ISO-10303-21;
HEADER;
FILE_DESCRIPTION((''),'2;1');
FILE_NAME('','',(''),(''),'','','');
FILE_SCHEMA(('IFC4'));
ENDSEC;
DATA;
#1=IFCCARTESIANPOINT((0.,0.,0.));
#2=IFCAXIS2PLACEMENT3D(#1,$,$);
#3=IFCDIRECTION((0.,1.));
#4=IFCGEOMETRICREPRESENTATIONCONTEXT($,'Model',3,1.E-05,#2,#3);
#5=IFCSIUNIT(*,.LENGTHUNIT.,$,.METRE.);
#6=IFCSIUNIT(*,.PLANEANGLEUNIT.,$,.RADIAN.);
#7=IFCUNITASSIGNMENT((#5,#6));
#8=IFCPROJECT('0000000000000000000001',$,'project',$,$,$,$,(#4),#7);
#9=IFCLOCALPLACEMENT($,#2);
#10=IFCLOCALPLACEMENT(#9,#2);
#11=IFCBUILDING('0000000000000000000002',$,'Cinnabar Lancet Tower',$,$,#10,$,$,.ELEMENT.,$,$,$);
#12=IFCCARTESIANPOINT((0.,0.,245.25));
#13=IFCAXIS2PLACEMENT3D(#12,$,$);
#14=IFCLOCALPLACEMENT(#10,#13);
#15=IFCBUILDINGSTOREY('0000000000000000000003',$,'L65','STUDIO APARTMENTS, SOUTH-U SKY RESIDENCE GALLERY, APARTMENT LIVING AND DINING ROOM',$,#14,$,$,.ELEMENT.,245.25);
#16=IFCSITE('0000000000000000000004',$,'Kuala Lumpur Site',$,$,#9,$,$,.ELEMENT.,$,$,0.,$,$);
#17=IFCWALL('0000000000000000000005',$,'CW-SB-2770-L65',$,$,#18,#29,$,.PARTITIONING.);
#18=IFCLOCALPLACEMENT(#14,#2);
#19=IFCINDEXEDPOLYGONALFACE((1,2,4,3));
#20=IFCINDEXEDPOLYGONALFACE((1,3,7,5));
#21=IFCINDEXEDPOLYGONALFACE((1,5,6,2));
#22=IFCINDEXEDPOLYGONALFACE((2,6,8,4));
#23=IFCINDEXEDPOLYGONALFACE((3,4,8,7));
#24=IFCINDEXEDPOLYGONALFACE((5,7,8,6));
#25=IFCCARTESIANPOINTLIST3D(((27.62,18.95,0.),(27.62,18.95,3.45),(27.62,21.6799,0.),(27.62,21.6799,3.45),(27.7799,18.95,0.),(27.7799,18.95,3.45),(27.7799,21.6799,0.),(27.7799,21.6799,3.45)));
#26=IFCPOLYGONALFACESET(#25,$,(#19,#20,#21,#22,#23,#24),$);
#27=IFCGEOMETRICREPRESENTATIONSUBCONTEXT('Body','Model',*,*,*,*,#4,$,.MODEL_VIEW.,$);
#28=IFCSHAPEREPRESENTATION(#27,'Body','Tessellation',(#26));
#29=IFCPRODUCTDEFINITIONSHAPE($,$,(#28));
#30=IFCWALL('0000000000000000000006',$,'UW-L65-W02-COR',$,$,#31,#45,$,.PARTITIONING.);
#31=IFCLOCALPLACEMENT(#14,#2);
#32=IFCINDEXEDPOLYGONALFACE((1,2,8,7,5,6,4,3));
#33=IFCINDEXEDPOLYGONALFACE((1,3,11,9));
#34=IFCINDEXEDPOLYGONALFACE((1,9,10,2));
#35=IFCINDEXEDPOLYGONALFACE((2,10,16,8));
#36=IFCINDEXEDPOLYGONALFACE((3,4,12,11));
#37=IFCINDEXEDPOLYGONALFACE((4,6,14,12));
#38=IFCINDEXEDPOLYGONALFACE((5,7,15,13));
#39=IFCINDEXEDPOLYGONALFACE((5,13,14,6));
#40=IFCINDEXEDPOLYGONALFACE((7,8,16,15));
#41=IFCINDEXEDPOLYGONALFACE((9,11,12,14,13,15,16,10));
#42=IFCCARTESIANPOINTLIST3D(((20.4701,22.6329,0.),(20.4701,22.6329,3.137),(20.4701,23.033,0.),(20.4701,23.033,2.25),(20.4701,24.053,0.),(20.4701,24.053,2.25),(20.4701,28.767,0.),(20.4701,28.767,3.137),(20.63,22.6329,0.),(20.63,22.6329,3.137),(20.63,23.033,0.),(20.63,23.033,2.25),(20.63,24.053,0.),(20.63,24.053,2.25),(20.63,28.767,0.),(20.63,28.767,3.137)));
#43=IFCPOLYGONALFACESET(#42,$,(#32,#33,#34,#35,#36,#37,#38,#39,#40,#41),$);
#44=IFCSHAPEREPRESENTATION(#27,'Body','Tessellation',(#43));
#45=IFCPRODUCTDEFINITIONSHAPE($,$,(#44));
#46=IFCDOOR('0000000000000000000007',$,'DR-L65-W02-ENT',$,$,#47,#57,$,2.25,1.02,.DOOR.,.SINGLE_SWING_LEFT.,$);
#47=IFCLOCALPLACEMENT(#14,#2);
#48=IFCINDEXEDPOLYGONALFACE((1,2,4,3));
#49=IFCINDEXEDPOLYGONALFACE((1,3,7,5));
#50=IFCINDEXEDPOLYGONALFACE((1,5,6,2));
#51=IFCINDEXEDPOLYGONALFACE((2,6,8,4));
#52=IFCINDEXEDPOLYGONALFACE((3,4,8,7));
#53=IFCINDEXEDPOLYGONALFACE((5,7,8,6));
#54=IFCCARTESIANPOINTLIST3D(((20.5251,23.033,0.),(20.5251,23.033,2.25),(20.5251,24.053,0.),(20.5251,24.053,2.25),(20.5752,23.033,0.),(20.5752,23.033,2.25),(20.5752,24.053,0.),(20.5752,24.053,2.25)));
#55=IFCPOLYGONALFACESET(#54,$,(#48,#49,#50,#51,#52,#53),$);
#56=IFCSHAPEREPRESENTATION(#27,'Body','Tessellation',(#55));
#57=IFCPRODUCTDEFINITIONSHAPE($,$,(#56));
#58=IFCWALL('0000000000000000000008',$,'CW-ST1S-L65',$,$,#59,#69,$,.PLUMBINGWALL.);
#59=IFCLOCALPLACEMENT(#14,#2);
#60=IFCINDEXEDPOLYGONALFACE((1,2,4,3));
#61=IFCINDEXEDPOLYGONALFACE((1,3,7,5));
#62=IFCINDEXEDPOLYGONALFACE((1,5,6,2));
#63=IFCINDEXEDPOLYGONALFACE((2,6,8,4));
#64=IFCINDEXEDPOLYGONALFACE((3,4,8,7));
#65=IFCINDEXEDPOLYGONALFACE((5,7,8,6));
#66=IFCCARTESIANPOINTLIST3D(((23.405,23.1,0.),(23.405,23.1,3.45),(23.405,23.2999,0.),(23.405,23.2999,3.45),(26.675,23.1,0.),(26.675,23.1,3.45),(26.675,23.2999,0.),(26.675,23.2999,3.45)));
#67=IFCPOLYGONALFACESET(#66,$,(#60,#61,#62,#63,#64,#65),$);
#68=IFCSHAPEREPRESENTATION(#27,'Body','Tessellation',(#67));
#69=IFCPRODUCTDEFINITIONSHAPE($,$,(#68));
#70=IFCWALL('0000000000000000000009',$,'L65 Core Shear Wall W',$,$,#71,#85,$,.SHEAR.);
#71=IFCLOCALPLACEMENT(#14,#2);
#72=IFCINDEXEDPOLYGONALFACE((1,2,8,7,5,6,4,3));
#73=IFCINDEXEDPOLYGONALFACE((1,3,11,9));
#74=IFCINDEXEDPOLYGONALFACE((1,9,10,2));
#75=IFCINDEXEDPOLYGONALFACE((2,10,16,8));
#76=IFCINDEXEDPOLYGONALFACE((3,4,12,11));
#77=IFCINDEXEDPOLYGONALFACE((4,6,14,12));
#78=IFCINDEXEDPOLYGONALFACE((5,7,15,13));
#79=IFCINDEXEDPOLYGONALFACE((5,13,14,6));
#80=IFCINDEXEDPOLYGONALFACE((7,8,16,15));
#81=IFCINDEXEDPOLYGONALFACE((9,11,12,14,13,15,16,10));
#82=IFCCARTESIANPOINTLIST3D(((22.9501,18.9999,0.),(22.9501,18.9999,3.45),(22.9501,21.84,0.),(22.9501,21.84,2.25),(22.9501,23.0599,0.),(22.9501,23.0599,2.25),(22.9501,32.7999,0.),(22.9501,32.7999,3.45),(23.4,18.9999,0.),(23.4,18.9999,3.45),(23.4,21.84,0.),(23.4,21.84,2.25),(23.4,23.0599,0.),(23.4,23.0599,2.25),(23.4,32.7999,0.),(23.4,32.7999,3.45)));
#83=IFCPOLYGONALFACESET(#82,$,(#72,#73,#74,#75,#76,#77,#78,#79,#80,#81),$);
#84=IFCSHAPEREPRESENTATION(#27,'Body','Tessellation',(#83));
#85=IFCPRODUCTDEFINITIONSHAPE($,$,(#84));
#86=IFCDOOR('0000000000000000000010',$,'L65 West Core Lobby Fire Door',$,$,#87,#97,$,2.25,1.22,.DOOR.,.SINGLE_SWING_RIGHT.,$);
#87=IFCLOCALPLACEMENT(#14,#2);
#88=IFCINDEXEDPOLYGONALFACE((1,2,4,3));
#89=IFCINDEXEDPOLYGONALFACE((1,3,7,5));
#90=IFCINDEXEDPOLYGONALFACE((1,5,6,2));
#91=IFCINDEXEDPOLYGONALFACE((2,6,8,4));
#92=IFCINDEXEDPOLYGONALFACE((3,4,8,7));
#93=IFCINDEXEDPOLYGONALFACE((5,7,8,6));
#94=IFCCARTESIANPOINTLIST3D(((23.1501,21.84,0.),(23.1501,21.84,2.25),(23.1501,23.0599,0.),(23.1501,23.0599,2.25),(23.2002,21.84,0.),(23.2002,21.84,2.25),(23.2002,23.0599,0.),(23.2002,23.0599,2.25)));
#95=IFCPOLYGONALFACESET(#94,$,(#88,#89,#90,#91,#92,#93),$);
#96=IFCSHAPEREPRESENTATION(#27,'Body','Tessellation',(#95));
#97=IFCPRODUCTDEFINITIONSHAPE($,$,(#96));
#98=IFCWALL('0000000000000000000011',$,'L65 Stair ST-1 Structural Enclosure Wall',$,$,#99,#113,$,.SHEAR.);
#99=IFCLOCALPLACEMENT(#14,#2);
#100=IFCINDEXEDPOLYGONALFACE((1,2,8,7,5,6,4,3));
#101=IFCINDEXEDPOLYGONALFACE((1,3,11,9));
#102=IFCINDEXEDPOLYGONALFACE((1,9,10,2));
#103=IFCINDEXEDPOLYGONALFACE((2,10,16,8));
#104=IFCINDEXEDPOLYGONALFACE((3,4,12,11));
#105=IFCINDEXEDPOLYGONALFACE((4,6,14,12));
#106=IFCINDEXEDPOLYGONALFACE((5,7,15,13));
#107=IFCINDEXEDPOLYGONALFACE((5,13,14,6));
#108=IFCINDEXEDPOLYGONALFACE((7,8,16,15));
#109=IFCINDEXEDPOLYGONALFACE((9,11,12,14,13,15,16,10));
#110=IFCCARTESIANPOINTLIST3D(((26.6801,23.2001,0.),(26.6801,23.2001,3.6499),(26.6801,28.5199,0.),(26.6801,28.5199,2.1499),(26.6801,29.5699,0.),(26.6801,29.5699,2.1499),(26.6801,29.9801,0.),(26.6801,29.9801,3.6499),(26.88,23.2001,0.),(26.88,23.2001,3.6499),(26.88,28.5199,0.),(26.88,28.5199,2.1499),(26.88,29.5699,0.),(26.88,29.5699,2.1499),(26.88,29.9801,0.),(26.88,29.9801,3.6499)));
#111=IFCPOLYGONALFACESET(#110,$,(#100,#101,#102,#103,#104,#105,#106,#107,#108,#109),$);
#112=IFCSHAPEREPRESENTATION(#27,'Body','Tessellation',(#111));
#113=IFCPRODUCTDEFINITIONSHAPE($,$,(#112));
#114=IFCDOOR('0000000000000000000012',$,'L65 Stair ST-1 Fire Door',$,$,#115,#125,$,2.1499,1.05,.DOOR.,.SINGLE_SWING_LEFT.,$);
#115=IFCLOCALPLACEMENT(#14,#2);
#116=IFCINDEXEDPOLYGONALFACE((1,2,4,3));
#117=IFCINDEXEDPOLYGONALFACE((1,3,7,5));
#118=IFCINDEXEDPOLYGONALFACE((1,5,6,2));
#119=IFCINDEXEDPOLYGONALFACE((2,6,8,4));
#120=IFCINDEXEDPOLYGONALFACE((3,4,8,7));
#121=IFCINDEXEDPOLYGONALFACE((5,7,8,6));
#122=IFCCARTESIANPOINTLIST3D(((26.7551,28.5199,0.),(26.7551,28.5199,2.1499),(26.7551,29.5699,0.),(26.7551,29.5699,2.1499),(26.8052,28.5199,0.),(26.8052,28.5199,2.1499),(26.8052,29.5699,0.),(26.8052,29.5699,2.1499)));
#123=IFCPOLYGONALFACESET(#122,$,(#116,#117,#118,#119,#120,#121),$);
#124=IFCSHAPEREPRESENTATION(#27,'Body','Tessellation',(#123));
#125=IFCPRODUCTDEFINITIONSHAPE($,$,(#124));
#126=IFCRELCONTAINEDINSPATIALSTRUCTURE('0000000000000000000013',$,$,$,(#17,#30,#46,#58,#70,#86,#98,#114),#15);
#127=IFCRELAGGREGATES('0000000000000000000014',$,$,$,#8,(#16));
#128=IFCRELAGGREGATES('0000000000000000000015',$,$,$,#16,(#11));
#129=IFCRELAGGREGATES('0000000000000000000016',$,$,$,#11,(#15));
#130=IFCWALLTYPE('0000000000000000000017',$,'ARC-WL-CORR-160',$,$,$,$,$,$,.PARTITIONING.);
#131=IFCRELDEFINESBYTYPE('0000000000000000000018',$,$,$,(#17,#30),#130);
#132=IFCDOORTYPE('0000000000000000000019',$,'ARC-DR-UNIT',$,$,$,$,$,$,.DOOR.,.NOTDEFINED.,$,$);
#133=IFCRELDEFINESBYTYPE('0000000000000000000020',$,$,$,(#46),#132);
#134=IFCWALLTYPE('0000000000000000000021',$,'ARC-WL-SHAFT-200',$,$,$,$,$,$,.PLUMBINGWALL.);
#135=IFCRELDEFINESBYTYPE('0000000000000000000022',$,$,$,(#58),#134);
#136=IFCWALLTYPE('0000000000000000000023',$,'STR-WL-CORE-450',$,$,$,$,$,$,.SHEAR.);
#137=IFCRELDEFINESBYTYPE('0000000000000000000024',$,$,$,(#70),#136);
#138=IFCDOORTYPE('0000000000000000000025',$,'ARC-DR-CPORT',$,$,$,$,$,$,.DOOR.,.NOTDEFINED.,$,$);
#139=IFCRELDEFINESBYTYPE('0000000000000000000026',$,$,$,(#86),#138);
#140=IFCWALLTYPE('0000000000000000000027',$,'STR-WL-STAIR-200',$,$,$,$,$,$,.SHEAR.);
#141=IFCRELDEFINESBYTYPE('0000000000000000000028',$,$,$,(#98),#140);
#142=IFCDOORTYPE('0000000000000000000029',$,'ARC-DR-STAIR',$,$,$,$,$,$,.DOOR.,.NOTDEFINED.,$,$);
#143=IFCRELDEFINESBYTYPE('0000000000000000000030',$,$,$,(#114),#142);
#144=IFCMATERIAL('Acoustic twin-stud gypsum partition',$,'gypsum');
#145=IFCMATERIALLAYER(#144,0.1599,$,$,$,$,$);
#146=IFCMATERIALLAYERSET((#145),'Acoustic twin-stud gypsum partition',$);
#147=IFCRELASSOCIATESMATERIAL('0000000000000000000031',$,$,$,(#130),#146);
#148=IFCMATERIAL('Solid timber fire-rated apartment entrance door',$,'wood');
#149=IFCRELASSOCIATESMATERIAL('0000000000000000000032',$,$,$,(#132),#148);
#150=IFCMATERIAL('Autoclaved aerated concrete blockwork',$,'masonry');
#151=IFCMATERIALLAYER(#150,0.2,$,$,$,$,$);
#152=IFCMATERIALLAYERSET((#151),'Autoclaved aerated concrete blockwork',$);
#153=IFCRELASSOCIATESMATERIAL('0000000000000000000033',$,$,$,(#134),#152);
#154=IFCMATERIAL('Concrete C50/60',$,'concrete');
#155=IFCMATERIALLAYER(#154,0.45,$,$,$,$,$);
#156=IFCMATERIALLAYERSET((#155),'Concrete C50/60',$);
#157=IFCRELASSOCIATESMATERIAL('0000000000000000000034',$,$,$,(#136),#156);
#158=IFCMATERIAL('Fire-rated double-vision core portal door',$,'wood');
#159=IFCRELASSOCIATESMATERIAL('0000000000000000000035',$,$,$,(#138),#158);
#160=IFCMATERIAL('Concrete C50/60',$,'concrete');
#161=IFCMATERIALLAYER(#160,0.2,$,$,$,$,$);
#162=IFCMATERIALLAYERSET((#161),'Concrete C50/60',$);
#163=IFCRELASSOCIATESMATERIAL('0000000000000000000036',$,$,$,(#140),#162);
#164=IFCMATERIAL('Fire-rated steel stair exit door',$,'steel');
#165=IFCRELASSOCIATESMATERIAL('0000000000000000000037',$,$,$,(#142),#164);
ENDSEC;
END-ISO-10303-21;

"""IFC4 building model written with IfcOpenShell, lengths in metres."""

from ifc_helpers import new_model, si_unit, direction, frame, frame_2d, origin, place, context, subcontext, project, spatial, rectangle, extrude, material, layer, layer_set, type_object, element, fill, save


model = new_model("IFC4")

# Units and contexts
model_context = context("Model", 3, precision=1e-05, world=origin(), true_north=direction((0.0, 1.0)))
body_context = subcontext(model_context, "Body", "Model", "MODEL_VIEW")
ifc_project = project(units=[si_unit("LENGTHUNIT", "METRE"), si_unit("PLANEANGLEUNIT", "RADIAN")], contexts=[model_context])

# Site, building, storey
site_placement = place(None, origin())
site = spatial("IfcSite", under=ifc_project, at=site_placement, Name="Kuala Lumpur Site", CompositionType="ELEMENT", RefElevation=0.0)
building_placement = place(site_placement, origin())
building = spatial("IfcBuilding", under=site, at=building_placement, Name="Cinnabar Lancet Tower", CompositionType="ELEMENT")
storey_placement = place(building_placement, frame((0.0, 0.0, 245.25)))
storey = spatial("IfcBuildingStorey", under=building, at=storey_placement, Name="L65", Description="STUDIO APARTMENTS, SOUTH-U SKY RESIDENCE GALLERY, APARTMENT LIVING AND DINING ROOM", CompositionType="ELEMENT", Elevation=245.25)

# Shared definitions
ifc_material_1 = material(Name="Acoustic twin-stud gypsum partition", Category="gypsum")
ifc_layer_1 = layer(ifc_material_1, 0.1599)
ifc_layer_set_1 = layer_set([ifc_layer_1], Name="Acoustic twin-stud gypsum partition")
wall_type_1 = type_object("IfcWallType", Name="ARC-WL-CORR-160", PredefinedType="PARTITIONING", material=ifc_layer_set_1)

# Wall
wall_1_placement = place(storey_placement, frame((27.7, 18.95, 0.0), z_axis=(0.0, 0.0, 1.0), x_axis=(0.0, 1.0, 0.0)))
element("IfcWall", 1, at=wall_1_placement, inside=storey, type_object=wall_type_1, Name="CW-SB-2770-L65", PredefinedType="PARTITIONING", context=body_context, shape_type="SweptSolid", body=[
    extrude(rectangle(XDim=2.73, YDim=0.1599, at=frame_2d((1.365, 0.0))), origin(), (0.0, 0.0, 1.0), 3.45),
])

# Wall, opening, door
wall_2_placement = place(storey_placement, frame((20.55, 22.6331, 0.0), z_axis=(0.0, 0.0, 1.0), x_axis=(0.0, 1.0, 0.0)))
wall_2 = element("IfcWall", 2, at=wall_2_placement, inside=storey, type_object=wall_type_1, Name="UW-L65-W02-COR", PredefinedType="PARTITIONING", context=body_context, shape_type="SweptSolid", body=[
    extrude(rectangle(XDim=6.134, YDim=0.1599, at=frame_2d((3.0669, 0.0))), origin(), (0.0, 0.0, 1.0), 3.137),
])
opening_1_placement = place(wall_2_placement, frame((0.3999, 0.0, 0.0)))
opening_1 = element("IfcOpeningElement", 3, at=opening_1_placement, cuts=wall_2, PredefinedType="OPENING", context=body_context, shape_type="SweptSolid", body=[
    extrude(rectangle(XDim=1.02, YDim=2.25, at=frame_2d((0.51, 1.125))), frame((0.0, 0.0898, 0.0), z_axis=(0.0, -1.0, 0.0), x_axis=(1.0, 0.0, 0.0)), (0.0, 0.0, 1.0), 0.1799),
])
ifc_material_2 = material(Name="Solid timber fire-rated apartment entrance door", Category="wood")
door_type_1 = type_object("IfcDoorType", Name="ARC-DR-UNIT", OperationType="NOTDEFINED", PredefinedType="DOOR", material=ifc_material_2)
door_1_placement = place(opening_1_placement, origin())
door_1 = element("IfcDoor", 4, at=door_1_placement, inside=storey, type_object=door_type_1, Name="DR-L65-W02-ENT", OperationType="SINGLE_SWING_LEFT", OverallHeight=2.25, OverallWidth=1.02, PredefinedType="DOOR", context=body_context, shape_type="SweptSolid", body=[
    extrude(rectangle(XDim=1.02, YDim=2.25, at=frame_2d((0.51, 1.125))), frame((0.0, 0.0249, 0.0), z_axis=(0.0, -1.0, 0.0), x_axis=(1.0, 0.0, 0.0)), (0.0, 0.0, 1.0), 0.05),
])
fill(opening_1, door_1)

# Wall
ifc_material_3 = material(Name="Autoclaved aerated concrete blockwork", Category="masonry")
ifc_layer_2 = layer(ifc_material_3, 0.2)
ifc_layer_set_2 = layer_set([ifc_layer_2], Name="Autoclaved aerated concrete blockwork")
wall_type_2 = type_object("IfcWallType", Name="ARC-WL-SHAFT-200", PredefinedType="PLUMBINGWALL", material=ifc_layer_set_2)
wall_3_placement = place(storey_placement, frame((23.405, 23.2, 0.0), z_axis=(0.0, 0.0, 1.0), x_axis=(1.0, 0.0, 0.0)))
element("IfcWall", 5, at=wall_3_placement, inside=storey, type_object=wall_type_2, Name="CW-ST1S-L65", PredefinedType="PLUMBINGWALL", context=body_context, shape_type="SweptSolid", body=[
    extrude(rectangle(XDim=3.27, YDim=0.2, at=frame_2d((1.635, 0.0))), origin(), (0.0, 0.0, 1.0), 3.45),
])

# Walls, openings, doors
ifc_material_4 = material(Name="Concrete C50/60", Category="concrete")
ifc_layer_3 = layer(ifc_material_4, 0.45)
ifc_layer_set_3 = layer_set([ifc_layer_3], Name="Concrete C50/60")
wall_type_3 = type_object("IfcWallType", Name="STR-WL-CORE-450", PredefinedType="SHEAR", material=ifc_layer_set_3)
wall_4_placement = place(storey_placement, frame((23.175, 19.0, 0.0), z_axis=(0.0, 0.0, 1.0), x_axis=(0.0, 1.0, 0.0)))
wall_4 = element("IfcWall", 6, at=wall_4_placement, inside=storey, type_object=wall_type_3, Name="L65 Core Shear Wall W", PredefinedType="SHEAR", context=body_context, shape_type="SweptSolid", body=[
    extrude(rectangle(XDim=13.8, YDim=0.45, at=frame_2d((6.8999, 0.0))), origin(), (0.0, 0.0, 1.0), 3.45),
])
opening_2_placement = place(wall_4_placement, frame((2.8401, 0.0, 0.0)))
opening_2 = element("IfcOpeningElement", 7, at=opening_2_placement, cuts=wall_4, PredefinedType="OPENING", context=body_context, shape_type="SweptSolid", body=[
    extrude(rectangle(XDim=1.22, YDim=2.25, at=frame_2d((0.6099, 1.125))), frame((0.0, 0.2349, 0.0), z_axis=(0.0, -1.0, 0.0), x_axis=(1.0, 0.0, 0.0)), (0.0, 0.0, 1.0), 0.47),
])
ifc_material_5 = material(Name="Fire-rated double-vision core portal door", Category="wood")
door_type_2 = type_object("IfcDoorType", Name="ARC-DR-CPORT", OperationType="NOTDEFINED", PredefinedType="DOOR", material=ifc_material_5)
door_2_placement = place(opening_2_placement, origin())
door_2 = element("IfcDoor", 8, at=door_2_placement, inside=storey, type_object=door_type_2, Name="L65 West Core Lobby Fire Door", OperationType="SINGLE_SWING_RIGHT", OverallHeight=2.25, OverallWidth=1.22, PredefinedType="DOOR", context=body_context, shape_type="SweptSolid", body=[
    extrude(rectangle(XDim=1.22, YDim=2.25, at=frame_2d((0.6099, 1.125))), frame((0.0, 0.0249, 0.0), z_axis=(0.0, -1.0, 0.0), x_axis=(1.0, 0.0, 0.0)), (0.0, 0.0, 1.0), 0.05),
])
fill(opening_2, door_2)
ifc_material_6 = material(Name="Concrete C50/60", Category="concrete")
ifc_layer_4 = layer(ifc_material_6, 0.2)
ifc_layer_set_4 = layer_set([ifc_layer_4], Name="Concrete C50/60")
wall_type_4 = type_object("IfcWallType", Name="STR-WL-STAIR-200", PredefinedType="SHEAR", material=ifc_layer_set_4)
wall_5_placement = place(storey_placement, frame((26.78, 23.2, 0.0), z_axis=(0.0, 0.0, 1.0), x_axis=(0.0, 1.0, 0.0)))
wall_5 = element("IfcWall", 9, at=wall_5_placement, inside=storey, type_object=wall_type_4, Name="L65 Stair ST-1 Structural Enclosure Wall", PredefinedType="SHEAR", context=body_context, shape_type="SweptSolid", body=[
    extrude(rectangle(XDim=6.78, YDim=0.2, at=frame_2d((3.3901, 0.0))), origin(), (0.0, 0.0, 1.0), 3.6499),
])
opening_3_placement = place(wall_5_placement, frame((5.3201, 0.0, 0.0)))
opening_3 = element("IfcOpeningElement", 10, at=opening_3_placement, cuts=wall_5, PredefinedType="OPENING", context=body_context, shape_type="SweptSolid", body=[
    extrude(rectangle(XDim=1.05, YDim=2.1499, at=frame_2d((0.5249, 1.075))), frame((0.0, 0.1099, 0.0), z_axis=(0.0, -1.0, 0.0), x_axis=(1.0, 0.0, 0.0)), (0.0, 0.0, 1.0), 0.22),
])
ifc_material_7 = material(Name="Fire-rated steel stair exit door", Category="steel")
door_type_3 = type_object("IfcDoorType", Name="ARC-DR-STAIR", OperationType="NOTDEFINED", PredefinedType="DOOR", material=ifc_material_7)
door_3_placement = place(opening_3_placement, origin())
door_3 = element("IfcDoor", 11, at=door_3_placement, inside=storey, type_object=door_type_3, Name="L65 Stair ST-1 Fire Door", OperationType="SINGLE_SWING_LEFT", OverallHeight=2.1499, OverallWidth=1.05, PredefinedType="DOOR", context=body_context, shape_type="SweptSolid", body=[
    extrude(rectangle(XDim=1.05, YDim=2.1499, at=frame_2d((0.5249, 1.075))), frame((0.0, 0.0249, 0.0), z_axis=(0.0, -1.0, 0.0), x_axis=(1.0, 0.0, 0.0)), (0.0, 0.0, 1.0), 0.05),
])
fill(opening_3, door_3)

save(model, "model.ifc")
